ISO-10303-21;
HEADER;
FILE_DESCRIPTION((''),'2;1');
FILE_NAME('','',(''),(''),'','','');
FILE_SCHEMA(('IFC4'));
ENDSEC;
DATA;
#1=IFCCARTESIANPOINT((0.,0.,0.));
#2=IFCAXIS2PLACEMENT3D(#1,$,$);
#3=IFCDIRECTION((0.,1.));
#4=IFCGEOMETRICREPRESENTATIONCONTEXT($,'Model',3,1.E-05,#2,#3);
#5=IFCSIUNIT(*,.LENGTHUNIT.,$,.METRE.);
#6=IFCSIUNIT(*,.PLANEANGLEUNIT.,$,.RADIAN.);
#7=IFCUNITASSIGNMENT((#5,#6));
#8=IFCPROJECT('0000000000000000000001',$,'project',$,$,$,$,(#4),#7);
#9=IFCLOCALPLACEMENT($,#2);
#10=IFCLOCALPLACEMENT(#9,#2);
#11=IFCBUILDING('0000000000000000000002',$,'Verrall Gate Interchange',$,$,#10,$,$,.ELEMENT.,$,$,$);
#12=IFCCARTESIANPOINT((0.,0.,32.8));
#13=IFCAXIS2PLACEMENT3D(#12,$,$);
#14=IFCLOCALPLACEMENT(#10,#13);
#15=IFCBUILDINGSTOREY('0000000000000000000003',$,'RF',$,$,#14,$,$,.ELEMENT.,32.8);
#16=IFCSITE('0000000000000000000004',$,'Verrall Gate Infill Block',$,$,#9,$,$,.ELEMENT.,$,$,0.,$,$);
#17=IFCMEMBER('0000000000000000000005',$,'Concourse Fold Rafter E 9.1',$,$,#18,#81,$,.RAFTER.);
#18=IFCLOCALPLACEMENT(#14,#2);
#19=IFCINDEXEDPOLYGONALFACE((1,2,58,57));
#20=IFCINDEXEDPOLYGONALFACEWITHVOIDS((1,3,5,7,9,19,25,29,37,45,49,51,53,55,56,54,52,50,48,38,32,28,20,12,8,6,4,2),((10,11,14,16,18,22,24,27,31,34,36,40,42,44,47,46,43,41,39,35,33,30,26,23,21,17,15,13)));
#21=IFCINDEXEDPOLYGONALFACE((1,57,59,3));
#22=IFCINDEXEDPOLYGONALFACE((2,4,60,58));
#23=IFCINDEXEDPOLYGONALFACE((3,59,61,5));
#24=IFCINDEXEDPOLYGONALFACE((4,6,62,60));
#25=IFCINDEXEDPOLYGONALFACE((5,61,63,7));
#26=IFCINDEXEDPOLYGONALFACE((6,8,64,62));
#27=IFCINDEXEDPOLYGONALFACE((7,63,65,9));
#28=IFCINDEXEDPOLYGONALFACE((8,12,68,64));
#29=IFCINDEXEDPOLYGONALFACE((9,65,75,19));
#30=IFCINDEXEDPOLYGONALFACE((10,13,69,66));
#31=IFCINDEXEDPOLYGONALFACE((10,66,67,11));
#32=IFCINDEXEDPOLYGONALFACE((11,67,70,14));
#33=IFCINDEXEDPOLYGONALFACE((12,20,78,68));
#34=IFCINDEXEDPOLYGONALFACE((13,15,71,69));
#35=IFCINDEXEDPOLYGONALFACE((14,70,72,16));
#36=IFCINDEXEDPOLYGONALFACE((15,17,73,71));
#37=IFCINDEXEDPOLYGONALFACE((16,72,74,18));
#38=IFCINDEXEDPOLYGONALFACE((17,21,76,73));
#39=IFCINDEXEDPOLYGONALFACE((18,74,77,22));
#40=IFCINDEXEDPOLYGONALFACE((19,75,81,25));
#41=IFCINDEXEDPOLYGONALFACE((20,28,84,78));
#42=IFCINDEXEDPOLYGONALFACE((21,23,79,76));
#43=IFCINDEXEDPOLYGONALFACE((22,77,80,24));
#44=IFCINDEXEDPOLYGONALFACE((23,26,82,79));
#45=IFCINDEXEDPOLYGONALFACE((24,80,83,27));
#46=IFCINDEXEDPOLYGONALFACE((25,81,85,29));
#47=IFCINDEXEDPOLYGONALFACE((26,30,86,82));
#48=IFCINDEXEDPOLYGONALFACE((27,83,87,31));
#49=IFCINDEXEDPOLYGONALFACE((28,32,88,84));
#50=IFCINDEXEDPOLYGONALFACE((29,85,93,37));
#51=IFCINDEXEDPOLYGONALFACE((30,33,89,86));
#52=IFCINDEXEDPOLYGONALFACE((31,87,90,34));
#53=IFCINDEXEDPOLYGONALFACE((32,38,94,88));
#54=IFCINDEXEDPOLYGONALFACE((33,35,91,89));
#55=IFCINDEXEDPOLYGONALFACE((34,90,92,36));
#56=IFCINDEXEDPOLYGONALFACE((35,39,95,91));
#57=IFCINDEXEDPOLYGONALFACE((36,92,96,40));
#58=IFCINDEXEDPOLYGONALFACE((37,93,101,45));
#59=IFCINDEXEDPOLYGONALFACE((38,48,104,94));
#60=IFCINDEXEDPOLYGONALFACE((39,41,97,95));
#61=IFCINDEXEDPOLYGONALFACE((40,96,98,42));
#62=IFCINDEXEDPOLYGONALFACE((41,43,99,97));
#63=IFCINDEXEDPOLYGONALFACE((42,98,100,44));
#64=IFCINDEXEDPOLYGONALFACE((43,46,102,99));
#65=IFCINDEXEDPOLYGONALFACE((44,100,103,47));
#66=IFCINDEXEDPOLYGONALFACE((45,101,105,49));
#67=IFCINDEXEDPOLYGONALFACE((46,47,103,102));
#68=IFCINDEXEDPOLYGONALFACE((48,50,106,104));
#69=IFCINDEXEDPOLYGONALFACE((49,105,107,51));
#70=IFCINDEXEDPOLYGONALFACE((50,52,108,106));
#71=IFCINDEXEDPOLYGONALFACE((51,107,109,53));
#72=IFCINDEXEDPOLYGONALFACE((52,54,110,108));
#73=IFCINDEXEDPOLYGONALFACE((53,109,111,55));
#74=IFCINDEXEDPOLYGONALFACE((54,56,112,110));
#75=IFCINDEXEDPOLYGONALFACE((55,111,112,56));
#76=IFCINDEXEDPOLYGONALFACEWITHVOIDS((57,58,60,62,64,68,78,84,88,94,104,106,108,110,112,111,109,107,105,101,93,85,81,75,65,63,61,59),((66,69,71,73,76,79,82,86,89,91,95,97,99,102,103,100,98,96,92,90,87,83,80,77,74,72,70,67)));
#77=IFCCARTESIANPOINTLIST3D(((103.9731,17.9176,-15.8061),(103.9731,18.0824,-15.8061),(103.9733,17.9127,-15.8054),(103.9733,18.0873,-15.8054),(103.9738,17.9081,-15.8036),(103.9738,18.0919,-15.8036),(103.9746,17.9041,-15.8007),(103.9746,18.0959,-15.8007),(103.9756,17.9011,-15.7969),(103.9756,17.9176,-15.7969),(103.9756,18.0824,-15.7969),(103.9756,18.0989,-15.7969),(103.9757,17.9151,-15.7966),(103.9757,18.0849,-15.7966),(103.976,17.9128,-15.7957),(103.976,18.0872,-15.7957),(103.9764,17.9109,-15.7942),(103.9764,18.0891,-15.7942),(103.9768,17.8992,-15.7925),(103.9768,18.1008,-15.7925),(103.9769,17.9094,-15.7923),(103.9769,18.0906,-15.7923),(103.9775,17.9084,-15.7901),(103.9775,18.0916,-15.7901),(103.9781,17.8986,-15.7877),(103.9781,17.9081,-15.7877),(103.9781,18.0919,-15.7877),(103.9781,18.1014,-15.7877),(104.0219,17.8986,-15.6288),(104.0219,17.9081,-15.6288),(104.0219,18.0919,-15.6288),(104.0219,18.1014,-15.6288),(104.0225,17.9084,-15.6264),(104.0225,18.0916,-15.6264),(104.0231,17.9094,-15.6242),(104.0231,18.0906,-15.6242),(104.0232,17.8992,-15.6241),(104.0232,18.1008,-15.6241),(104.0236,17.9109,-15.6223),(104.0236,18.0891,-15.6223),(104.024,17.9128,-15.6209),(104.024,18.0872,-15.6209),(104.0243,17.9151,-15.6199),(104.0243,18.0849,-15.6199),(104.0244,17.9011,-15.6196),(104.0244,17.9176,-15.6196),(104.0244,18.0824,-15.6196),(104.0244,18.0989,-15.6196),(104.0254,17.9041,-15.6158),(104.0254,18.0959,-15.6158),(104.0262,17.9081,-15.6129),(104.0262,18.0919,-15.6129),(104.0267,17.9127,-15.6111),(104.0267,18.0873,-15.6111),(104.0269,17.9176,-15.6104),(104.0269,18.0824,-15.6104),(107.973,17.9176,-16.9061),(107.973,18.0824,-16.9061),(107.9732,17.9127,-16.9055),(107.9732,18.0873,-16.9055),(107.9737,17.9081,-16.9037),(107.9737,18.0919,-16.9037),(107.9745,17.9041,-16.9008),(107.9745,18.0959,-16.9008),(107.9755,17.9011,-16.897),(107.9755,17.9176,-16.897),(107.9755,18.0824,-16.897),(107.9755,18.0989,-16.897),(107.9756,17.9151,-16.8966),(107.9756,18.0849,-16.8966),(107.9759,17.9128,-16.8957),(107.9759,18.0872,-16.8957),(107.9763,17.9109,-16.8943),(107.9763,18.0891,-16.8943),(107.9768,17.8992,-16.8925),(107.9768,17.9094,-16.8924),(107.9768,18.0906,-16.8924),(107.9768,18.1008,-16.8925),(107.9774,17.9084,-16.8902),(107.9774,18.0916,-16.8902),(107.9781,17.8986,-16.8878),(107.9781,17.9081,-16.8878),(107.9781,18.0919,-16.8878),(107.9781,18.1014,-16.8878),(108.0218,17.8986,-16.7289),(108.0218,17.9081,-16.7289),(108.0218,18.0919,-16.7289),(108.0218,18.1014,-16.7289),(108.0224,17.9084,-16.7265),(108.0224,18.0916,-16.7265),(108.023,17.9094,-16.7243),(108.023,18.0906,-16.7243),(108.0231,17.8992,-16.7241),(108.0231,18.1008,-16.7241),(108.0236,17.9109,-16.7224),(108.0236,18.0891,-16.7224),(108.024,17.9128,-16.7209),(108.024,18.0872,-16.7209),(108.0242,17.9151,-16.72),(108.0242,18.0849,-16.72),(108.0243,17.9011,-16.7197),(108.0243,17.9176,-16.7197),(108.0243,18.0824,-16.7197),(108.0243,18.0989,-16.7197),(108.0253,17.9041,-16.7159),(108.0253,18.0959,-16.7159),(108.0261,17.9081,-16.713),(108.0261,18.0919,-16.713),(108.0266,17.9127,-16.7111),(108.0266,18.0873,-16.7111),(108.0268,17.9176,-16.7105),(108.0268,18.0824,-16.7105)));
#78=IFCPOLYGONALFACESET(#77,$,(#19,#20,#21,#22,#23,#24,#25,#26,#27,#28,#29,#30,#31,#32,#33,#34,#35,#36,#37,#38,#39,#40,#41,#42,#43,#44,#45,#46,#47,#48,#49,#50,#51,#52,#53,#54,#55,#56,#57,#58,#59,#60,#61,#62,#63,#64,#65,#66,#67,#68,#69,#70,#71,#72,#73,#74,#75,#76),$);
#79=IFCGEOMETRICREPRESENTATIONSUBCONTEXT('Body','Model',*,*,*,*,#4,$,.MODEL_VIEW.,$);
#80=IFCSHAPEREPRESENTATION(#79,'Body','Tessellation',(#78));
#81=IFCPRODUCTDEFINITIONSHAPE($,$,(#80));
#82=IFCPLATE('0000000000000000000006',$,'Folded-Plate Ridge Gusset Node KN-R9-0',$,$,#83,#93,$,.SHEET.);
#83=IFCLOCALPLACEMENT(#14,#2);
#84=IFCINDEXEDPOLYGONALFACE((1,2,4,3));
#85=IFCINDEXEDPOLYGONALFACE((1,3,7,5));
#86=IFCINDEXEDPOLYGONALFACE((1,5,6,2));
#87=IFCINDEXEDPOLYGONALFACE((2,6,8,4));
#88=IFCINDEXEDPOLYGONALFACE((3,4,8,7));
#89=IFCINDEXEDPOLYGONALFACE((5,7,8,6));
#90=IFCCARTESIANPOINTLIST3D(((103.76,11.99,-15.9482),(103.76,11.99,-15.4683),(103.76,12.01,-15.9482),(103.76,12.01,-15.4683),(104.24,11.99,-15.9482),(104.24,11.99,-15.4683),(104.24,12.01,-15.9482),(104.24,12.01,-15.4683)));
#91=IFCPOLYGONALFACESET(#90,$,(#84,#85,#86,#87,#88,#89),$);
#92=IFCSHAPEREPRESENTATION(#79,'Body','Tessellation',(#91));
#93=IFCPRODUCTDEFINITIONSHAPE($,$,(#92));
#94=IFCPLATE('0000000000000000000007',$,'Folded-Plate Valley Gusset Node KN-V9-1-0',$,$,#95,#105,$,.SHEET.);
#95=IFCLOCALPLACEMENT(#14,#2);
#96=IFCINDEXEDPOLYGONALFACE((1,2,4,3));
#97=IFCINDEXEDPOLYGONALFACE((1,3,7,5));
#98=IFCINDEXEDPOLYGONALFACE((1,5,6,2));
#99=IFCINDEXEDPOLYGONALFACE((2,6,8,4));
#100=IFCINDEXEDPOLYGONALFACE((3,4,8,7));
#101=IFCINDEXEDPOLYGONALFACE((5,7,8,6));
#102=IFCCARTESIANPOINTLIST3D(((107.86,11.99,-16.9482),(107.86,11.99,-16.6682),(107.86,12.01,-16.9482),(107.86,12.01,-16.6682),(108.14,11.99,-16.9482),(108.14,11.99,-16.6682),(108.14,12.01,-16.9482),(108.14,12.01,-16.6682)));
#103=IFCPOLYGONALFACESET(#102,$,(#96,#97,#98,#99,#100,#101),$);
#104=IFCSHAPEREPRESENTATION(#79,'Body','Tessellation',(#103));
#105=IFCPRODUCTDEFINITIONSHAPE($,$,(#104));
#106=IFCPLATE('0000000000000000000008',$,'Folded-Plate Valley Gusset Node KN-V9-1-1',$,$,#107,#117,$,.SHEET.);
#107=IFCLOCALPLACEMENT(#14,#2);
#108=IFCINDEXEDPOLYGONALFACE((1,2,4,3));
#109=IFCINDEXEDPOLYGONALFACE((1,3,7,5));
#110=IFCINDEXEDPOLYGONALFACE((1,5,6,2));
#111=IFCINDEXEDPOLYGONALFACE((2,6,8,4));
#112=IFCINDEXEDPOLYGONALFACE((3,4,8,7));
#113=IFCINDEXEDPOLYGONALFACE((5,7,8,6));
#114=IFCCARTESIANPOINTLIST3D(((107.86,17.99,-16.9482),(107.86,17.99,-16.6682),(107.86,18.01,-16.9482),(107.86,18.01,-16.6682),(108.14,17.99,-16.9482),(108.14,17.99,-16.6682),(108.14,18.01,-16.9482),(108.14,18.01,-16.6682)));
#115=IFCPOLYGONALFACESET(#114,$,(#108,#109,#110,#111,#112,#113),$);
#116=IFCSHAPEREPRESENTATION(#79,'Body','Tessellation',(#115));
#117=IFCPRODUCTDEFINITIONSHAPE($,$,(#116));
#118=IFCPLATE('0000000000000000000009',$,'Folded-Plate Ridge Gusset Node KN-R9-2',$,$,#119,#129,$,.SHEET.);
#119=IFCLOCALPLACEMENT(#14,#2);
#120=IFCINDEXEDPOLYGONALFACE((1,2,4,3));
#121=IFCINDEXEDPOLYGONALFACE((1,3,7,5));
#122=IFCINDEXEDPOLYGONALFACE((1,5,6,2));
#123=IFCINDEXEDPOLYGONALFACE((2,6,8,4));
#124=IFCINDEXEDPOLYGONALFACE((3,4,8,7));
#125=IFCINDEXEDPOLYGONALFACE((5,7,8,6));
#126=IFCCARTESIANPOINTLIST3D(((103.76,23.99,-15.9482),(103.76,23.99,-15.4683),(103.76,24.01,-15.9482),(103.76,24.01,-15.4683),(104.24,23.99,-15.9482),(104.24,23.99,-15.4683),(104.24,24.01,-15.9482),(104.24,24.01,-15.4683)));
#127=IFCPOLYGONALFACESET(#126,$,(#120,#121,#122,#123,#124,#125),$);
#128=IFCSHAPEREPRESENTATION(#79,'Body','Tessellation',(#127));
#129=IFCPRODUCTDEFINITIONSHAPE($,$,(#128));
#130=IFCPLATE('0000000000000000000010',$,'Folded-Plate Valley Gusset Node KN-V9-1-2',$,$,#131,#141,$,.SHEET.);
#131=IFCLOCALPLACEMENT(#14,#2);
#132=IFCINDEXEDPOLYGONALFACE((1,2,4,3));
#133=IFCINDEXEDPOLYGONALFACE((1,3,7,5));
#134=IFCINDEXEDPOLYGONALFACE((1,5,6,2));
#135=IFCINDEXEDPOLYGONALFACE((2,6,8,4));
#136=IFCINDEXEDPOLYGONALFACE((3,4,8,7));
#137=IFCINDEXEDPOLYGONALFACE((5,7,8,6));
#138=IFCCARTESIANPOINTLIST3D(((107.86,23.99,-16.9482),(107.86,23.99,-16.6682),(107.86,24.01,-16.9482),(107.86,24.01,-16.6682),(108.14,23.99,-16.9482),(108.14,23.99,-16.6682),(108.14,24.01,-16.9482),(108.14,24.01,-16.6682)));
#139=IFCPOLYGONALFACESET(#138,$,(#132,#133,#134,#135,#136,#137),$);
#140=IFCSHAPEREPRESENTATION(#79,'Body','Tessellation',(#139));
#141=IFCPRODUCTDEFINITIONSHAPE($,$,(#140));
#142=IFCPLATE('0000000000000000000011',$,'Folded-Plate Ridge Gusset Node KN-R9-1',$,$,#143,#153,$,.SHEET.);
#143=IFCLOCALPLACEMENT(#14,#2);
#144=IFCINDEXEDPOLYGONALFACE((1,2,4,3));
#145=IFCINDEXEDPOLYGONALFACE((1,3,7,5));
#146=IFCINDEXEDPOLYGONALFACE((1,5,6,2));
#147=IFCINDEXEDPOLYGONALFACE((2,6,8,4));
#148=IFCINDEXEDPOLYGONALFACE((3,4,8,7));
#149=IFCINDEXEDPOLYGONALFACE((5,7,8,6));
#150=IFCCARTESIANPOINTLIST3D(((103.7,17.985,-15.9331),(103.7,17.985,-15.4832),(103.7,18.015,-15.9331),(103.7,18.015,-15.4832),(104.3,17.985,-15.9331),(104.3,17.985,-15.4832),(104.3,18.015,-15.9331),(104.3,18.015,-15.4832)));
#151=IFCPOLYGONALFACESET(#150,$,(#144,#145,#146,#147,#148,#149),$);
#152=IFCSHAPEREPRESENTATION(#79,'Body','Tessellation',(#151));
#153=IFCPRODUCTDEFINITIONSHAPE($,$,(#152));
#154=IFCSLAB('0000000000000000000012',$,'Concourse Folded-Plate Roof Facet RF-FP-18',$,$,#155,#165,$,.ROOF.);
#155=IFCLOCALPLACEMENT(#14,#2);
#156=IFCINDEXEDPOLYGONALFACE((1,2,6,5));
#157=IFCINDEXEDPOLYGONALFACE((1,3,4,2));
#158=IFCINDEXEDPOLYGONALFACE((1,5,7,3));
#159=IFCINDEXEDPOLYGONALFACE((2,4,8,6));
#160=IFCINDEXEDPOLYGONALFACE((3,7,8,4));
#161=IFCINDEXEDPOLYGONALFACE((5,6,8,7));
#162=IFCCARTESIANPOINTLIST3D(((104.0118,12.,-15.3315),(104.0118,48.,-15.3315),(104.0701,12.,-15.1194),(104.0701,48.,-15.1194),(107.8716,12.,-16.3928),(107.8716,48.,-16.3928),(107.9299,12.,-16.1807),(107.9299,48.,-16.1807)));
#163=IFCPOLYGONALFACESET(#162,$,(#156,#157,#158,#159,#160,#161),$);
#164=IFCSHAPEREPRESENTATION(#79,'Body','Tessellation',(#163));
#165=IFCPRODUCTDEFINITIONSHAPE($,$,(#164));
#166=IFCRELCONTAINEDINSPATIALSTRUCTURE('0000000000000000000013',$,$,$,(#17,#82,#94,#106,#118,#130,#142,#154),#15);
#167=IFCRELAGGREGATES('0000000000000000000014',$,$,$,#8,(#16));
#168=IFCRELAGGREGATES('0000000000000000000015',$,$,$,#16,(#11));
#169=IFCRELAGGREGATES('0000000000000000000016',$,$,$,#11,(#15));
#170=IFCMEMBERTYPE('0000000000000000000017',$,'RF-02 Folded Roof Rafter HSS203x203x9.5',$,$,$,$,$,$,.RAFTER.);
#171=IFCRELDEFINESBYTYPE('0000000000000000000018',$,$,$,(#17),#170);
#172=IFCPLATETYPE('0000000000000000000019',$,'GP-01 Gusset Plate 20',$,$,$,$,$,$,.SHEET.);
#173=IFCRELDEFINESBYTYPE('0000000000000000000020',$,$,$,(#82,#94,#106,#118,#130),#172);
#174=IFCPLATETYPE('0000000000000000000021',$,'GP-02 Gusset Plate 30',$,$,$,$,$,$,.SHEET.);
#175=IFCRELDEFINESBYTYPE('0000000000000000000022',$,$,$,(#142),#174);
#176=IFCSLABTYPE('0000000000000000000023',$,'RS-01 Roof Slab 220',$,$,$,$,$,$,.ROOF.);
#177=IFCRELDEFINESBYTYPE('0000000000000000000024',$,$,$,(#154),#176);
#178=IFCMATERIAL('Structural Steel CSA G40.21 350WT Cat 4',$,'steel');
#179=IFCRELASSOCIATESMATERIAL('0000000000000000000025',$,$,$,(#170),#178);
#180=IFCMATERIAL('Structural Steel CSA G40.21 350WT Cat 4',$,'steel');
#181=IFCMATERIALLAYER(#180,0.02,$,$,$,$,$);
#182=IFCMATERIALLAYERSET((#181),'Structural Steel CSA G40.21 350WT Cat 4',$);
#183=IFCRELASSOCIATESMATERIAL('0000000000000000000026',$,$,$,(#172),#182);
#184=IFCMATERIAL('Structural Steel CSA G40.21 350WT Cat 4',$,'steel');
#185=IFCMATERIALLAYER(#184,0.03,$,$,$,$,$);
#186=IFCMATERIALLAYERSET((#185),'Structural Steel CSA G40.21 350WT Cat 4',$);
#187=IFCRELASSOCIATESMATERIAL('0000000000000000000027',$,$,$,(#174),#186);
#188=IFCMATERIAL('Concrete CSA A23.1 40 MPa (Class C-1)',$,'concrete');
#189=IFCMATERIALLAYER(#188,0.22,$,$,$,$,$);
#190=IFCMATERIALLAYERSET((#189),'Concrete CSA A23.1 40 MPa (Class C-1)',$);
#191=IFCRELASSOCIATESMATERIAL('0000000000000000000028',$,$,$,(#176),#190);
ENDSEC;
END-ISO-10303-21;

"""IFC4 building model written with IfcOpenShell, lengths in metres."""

from ifc_helpers import new_model, si_unit, direction, frame, origin, origin_2d, place, context, subcontext, project, spatial, polyline, rectangle, hollow_rectangle, outline, extrude, material, layer, layer_set, material_profile, profile_set, type_object, element, save


model = new_model("IFC4")

# Units and contexts
model_context = context("Model", 3, precision=1e-05, world=origin(), true_north=direction((0.0, 1.0)))
body_context = subcontext(model_context, "Body", "Model", "MODEL_VIEW")
ifc_project = project(units=[si_unit("LENGTHUNIT", "METRE"), si_unit("PLANEANGLEUNIT", "RADIAN")], contexts=[model_context])

# Site, building, storey
site_placement = place(None, origin())
site = spatial("IfcSite", under=ifc_project, at=site_placement, Name="Verrall Gate Infill Block", CompositionType="ELEMENT", RefElevation=0.0)
building_placement = place(site_placement, origin())
building = spatial("IfcBuilding", under=site, at=building_placement, Name="Verrall Gate Interchange", CompositionType="ELEMENT")
storey_placement = place(building_placement, frame((0.0, 0.0, 32.8)))
storey = spatial("IfcBuildingStorey", under=building, at=storey_placement, Name="RF", CompositionType="ELEMENT", Elevation=32.8)

# Member
ifc_material_1 = material(Name="Structural Steel CSA G40.21 350WT Cat 4", Category="steel")
ifc_material_profile_1 = material_profile(ifc_material_1, hollow_rectangle(XDim=0.2029, YDim=0.2029, WallThickness=0.0095, InnerFilletRadius=0.0095, OuterFilletRadius=0.019, at=origin_2d()), Name="HSS203x203x9.5")
ifc_profile_set_1 = profile_set([ifc_material_profile_1], Name="Structural Steel CSA G40.21 350WT Cat 4")
member_type_1 = type_object("IfcMemberType", Name="RF-02 Folded Roof Rafter HSS203x203x9.5", PredefinedType="RAFTER", material=ifc_profile_set_1)
member_placement = place(storey_placement, frame((104.0, 18.0, -15.7083), z_axis=(0.964199, 0.0, -0.265178), x_axis=(0.0, 1.0, 0.0)))
element("IfcMember", 1, at=member_placement, inside=storey, type_object=member_type_1, Name="Concourse Fold Rafter E 9.1", PredefinedType="RAFTER", context=body_context, shape_type="SweptSolid", body=[
    extrude(hollow_rectangle(XDim=0.2029, YDim=0.2029, WallThickness=0.0095, InnerFilletRadius=0.0095, OuterFilletRadius=0.019, at=origin_2d()), origin(), (0.0, 0.0, 1.0), 4.1484),
])

# Plates
ifc_material_2 = material(Name="Structural Steel CSA G40.21 350WT Cat 4", Category="steel")
ifc_layer_1 = layer(ifc_material_2, 0.02)
ifc_layer_set_1 = layer_set([ifc_layer_1], Name="Structural Steel CSA G40.21 350WT Cat 4")
plate_type_1 = type_object("IfcPlateType", Name="GP-01 Gusset Plate 20", PredefinedType="SHEET", material=ifc_layer_set_1)
plate_1_placement = place(storey_placement, frame((104.0, 12.0, -15.9482), z_axis=(0.0, 0.0, 1.0), x_axis=(1.0, 0.0, 0.0)))
element("IfcPlate", 2, at=plate_1_placement, inside=storey, type_object=plate_type_1, Name="Folded-Plate Ridge Gusset Node KN-R9-0", PredefinedType="SHEET", context=body_context, shape_type="SweptSolid", body=[
    extrude(rectangle(XDim=0.48, YDim=0.02, at=origin_2d()), origin(), (0.0, 0.0, 1.0), 0.48),
])
for number, where, z_axis, x_axis, name in (
    (3, (108.0, 12.0, -16.9482), (0.0, 0.0, 1.0), (1.0, 0.0, 0.0), "Folded-Plate Valley Gusset Node KN-V9-1-0"),
    (4, (108.0, 18.0, -16.9482), (0.0, 0.0, 1.0), (1.0, 0.0, 0.0), "Folded-Plate Valley Gusset Node KN-V9-1-1"),
):
    element("IfcPlate", number, at=place(storey_placement, frame(where, z_axis=z_axis, x_axis=x_axis)), inside=storey, type_object=plate_type_1, Name=name, PredefinedType="SHEET", context=body_context, shape_type="SweptSolid", body=[
        extrude(rectangle(XDim=0.28, YDim=0.02, at=origin_2d()), origin(), (0.0, 0.0, 1.0), 0.28),
    ])
plate_2_placement = place(storey_placement, frame((104.0, 24.0, -15.9482), z_axis=(0.0, 0.0, 1.0), x_axis=(1.0, 0.0, 0.0)))
element("IfcPlate", 5, at=plate_2_placement, inside=storey, type_object=plate_type_1, Name="Folded-Plate Ridge Gusset Node KN-R9-2", PredefinedType="SHEET", context=body_context, shape_type="SweptSolid", body=[
    extrude(rectangle(XDim=0.48, YDim=0.02, at=origin_2d()), origin(), (0.0, 0.0, 1.0), 0.48),
])
plate_3_placement = place(storey_placement, frame((108.0, 24.0, -16.9482), z_axis=(0.0, 0.0, 1.0), x_axis=(1.0, 0.0, 0.0)))
element("IfcPlate", 6, at=plate_3_placement, inside=storey, type_object=plate_type_1, Name="Folded-Plate Valley Gusset Node KN-V9-1-2", PredefinedType="SHEET", context=body_context, shape_type="SweptSolid", body=[
    extrude(rectangle(XDim=0.28, YDim=0.02, at=origin_2d()), origin(), (0.0, 0.0, 1.0), 0.28),
])
ifc_material_3 = material(Name="Structural Steel CSA G40.21 350WT Cat 4", Category="steel")
ifc_layer_2 = layer(ifc_material_3, 0.03)
ifc_layer_set_2 = layer_set([ifc_layer_2], Name="Structural Steel CSA G40.21 350WT Cat 4")
plate_type_2 = type_object("IfcPlateType", Name="GP-02 Gusset Plate 30", PredefinedType="SHEET", material=ifc_layer_set_2)
plate_4_placement = place(storey_placement, frame((104.0, 18.0, -15.9331), z_axis=(0.0, 0.0, 1.0), x_axis=(1.0, 0.0, 0.0)))
element("IfcPlate", 7, at=plate_4_placement, inside=storey, type_object=plate_type_2, Name="Folded-Plate Ridge Gusset Node KN-R9-1", PredefinedType="SHEET", context=body_context, shape_type="SweptSolid", body=[
    extrude(rectangle(XDim=0.6001, YDim=0.03, at=origin_2d()), origin(), (0.0, 0.0, 1.0), 0.45),
])

# Slab
ifc_material_4 = material(Name="Concrete CSA A23.1 40 MPa (Class C-1)", Category="concrete")
ifc_layer_3 = layer(ifc_material_4, 0.22)
ifc_layer_set_3 = layer_set([ifc_layer_3], Name="Concrete CSA A23.1 40 MPa (Class C-1)")
slab_type = type_object("IfcSlabType", Name="RS-01 Roof Slab 220", PredefinedType="ROOF", material=ifc_layer_set_3)
slab_placement = place(storey_placement, frame((104.0701, 12.0, -15.1194), z_axis=(0.265114, 0.0, 0.964217), x_axis=(0.964217, 0.0, -0.265114)))
element("IfcSlab", 8, at=slab_placement, inside=storey, type_object=slab_type, Name="Concourse Folded-Plate Roof Facet RF-FP-18", PredefinedType="ROOF", context=body_context, shape_type="SweptSolid", body=[
    extrude(outline(polyline([(0.0, 0.0), (4.0031, 0.0), (4.0031, 36.0), (0.0, 36.0), (0.0, 0.0)])), origin(), (0.0, 0.0, -1.0), 0.22),
])

save(model, "model.ifc")
